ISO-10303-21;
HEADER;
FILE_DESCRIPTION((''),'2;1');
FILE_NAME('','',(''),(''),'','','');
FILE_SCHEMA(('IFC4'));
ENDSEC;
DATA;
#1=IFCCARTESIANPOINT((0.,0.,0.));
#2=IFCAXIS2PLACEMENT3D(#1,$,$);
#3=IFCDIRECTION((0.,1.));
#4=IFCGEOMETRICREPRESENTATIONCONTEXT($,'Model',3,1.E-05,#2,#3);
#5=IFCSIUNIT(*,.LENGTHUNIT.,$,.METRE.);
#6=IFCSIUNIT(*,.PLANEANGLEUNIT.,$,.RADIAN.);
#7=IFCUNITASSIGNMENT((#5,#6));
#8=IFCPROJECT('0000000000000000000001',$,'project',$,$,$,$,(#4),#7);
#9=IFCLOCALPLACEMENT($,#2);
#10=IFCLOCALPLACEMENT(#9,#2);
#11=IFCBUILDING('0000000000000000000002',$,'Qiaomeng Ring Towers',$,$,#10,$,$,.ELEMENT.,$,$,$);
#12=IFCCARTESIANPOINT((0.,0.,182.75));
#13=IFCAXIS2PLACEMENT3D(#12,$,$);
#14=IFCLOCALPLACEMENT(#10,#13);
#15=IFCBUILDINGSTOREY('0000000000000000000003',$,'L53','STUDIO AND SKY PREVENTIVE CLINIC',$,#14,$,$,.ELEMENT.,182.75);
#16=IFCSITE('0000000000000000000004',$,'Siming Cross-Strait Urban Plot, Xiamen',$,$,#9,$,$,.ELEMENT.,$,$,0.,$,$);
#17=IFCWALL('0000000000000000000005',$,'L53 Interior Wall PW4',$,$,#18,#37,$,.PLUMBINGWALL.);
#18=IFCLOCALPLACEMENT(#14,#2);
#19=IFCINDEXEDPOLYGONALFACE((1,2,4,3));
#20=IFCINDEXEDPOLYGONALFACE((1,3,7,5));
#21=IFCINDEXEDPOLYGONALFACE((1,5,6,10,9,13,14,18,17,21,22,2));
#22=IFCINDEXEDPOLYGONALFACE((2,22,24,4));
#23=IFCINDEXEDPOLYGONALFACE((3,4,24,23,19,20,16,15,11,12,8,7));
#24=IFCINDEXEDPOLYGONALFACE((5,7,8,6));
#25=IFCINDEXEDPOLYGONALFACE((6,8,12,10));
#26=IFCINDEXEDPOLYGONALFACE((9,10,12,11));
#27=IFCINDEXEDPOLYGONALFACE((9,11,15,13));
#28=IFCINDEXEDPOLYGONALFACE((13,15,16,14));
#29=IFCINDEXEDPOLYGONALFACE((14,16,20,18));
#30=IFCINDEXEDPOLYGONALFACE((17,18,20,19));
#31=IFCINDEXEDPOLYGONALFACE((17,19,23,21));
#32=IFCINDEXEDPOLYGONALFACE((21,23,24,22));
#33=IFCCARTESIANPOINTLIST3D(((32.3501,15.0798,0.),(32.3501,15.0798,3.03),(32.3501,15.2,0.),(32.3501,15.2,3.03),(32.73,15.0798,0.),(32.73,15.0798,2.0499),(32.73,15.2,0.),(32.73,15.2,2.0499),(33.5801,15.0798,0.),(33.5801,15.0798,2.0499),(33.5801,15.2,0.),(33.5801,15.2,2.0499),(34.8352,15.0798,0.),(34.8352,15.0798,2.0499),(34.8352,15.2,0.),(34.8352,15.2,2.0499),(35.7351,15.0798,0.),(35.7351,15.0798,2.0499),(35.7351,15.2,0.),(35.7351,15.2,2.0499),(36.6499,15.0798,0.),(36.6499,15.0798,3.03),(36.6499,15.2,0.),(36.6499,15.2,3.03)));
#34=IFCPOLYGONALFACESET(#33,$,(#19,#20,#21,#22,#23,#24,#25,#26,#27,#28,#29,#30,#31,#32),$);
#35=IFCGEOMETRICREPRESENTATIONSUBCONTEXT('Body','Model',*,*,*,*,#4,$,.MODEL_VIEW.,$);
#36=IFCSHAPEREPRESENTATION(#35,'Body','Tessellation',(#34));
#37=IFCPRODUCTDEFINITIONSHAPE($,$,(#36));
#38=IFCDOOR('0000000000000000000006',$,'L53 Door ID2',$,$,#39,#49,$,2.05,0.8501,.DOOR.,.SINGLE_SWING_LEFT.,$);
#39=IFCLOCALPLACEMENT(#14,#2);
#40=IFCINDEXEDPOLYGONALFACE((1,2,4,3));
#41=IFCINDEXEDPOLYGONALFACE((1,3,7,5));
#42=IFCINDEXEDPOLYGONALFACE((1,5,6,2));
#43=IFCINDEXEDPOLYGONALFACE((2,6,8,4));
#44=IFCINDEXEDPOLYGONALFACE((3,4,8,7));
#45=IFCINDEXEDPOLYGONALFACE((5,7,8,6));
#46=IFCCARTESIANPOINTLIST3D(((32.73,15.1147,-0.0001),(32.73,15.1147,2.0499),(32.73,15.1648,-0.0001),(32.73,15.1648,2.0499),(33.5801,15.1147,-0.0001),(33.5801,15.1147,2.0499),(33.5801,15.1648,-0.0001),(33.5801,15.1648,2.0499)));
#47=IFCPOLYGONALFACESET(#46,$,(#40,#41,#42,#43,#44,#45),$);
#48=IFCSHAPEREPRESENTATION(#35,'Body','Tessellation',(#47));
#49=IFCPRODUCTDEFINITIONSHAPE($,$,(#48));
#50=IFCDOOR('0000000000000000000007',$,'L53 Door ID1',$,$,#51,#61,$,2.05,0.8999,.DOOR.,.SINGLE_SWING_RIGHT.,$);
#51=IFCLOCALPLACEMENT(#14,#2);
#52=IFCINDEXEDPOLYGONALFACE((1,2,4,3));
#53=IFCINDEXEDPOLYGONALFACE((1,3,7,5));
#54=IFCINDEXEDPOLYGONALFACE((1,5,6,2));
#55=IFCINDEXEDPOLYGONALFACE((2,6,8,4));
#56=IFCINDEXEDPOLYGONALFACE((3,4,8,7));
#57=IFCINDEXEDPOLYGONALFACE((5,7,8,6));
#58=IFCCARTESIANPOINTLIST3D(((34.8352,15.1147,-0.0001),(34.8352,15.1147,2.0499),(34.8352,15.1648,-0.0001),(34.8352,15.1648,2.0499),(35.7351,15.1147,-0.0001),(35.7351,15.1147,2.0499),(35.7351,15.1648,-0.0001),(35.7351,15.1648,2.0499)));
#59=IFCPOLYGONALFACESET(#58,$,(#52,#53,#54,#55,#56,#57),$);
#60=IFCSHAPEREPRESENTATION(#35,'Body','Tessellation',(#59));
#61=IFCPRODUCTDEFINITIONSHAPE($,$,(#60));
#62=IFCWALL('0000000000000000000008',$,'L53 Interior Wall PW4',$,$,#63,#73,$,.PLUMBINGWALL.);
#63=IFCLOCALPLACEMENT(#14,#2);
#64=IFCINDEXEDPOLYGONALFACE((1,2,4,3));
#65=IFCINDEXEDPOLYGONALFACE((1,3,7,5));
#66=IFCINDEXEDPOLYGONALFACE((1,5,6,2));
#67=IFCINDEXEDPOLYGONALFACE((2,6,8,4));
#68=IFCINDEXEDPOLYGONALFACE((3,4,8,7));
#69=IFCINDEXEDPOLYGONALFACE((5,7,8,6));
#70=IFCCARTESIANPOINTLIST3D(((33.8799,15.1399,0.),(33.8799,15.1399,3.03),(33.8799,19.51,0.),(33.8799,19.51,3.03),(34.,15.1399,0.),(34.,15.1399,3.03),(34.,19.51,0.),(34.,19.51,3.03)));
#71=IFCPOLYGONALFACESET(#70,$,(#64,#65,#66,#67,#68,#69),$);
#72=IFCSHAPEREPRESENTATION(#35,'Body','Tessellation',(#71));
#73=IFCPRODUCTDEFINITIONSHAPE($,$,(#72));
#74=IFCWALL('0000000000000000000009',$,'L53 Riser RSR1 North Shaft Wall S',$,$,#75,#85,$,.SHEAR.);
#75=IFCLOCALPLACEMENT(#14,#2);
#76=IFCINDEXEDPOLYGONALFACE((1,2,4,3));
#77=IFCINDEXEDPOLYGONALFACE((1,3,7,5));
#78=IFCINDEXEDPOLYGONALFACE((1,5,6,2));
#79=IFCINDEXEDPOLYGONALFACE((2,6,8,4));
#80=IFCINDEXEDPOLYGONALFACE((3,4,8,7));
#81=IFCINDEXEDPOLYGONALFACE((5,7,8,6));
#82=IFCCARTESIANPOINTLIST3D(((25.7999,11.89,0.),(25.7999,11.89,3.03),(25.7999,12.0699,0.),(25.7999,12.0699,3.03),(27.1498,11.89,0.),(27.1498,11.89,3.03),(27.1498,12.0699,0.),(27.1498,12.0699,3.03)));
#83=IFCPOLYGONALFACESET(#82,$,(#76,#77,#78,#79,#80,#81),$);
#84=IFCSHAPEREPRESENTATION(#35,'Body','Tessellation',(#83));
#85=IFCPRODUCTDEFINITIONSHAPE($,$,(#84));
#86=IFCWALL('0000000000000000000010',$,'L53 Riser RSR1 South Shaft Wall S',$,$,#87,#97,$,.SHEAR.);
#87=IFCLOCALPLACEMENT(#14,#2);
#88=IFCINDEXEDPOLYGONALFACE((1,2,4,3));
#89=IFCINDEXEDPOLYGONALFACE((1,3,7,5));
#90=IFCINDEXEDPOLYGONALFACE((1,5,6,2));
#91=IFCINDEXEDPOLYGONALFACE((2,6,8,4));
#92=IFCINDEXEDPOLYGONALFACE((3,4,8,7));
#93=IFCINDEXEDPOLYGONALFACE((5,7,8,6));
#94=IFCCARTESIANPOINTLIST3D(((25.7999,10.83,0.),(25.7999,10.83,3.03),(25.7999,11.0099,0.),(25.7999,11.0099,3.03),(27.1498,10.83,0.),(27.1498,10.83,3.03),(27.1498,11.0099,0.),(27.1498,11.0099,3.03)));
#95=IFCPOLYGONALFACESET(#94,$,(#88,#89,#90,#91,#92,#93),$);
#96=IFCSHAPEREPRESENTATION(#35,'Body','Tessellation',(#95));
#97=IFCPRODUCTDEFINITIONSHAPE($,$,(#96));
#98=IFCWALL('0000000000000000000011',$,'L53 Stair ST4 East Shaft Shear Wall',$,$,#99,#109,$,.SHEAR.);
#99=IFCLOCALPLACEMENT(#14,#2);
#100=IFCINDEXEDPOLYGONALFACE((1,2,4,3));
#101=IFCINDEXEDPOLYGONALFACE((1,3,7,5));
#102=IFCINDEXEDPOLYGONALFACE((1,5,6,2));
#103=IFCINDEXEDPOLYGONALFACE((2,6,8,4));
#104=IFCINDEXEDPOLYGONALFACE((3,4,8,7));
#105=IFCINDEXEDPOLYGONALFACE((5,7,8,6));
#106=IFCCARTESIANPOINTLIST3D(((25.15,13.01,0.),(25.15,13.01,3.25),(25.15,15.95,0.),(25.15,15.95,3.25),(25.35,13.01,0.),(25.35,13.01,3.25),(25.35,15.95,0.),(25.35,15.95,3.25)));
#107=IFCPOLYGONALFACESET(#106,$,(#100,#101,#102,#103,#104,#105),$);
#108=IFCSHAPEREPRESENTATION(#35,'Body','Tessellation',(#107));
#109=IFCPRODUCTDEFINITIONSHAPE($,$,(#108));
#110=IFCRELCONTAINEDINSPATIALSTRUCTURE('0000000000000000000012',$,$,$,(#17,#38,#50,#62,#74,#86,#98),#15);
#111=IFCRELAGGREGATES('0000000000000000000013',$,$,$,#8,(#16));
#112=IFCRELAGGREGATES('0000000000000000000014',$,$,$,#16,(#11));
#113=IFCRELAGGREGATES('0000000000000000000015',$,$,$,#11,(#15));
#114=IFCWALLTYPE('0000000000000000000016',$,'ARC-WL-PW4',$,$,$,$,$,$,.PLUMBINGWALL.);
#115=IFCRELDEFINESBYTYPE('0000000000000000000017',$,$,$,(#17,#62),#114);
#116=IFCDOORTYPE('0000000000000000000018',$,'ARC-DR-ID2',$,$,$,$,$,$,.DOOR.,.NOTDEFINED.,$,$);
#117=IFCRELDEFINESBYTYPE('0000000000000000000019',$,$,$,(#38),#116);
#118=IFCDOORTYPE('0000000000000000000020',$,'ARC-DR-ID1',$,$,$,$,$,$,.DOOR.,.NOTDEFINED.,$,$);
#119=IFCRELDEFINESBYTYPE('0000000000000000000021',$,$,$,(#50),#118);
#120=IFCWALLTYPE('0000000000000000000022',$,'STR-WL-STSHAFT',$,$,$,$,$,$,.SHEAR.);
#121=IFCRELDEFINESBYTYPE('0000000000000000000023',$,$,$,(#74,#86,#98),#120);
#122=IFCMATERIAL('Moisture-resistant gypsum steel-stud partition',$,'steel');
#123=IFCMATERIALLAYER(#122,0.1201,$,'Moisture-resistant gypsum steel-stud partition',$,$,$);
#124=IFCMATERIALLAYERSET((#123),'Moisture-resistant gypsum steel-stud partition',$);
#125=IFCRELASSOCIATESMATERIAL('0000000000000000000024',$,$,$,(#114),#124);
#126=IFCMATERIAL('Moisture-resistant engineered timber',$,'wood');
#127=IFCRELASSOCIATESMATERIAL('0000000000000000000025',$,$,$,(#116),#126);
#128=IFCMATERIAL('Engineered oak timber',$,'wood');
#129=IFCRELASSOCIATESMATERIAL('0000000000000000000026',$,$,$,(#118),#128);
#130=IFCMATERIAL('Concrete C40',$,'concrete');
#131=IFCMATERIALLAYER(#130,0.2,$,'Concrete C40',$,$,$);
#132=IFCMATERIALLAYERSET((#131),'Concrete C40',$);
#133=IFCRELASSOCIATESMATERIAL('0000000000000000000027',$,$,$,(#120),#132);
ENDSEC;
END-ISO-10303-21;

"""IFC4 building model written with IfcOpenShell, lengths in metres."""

from ifc_helpers import new_model, si_unit, direction, frame, frame_2d, origin, place, context, subcontext, project, spatial, rectangle, extrude, source, transform, mapped, material, layer, layer_set, type_object, element, fill, save


model = new_model("IFC4")

# Units and contexts
model_context = context("Model", 3, precision=1e-05, world=origin(), true_north=direction((0.0, 1.0)))
body_context = subcontext(model_context, "Body", "Model", "MODEL_VIEW")
ifc_project = project(units=[si_unit("LENGTHUNIT", "METRE"), si_unit("PLANEANGLEUNIT", "RADIAN")], contexts=[model_context])

# Site, building, storey
site_placement = place(None, origin())
site = spatial("IfcSite", under=ifc_project, at=site_placement, Name="Siming Cross-Strait Urban Plot, Xiamen", CompositionType="ELEMENT", RefElevation=0.0)
building_placement = place(site_placement, origin())
building = spatial("IfcBuilding", under=site, at=building_placement, Name="Qiaomeng Ring Towers", CompositionType="ELEMENT")
storey_placement = place(building_placement, frame((0.0, 0.0, 182.75)))
storey = spatial("IfcBuildingStorey", under=building, at=storey_placement, Name="L53", Description="STUDIO AND SKY PREVENTIVE CLINIC", CompositionType="ELEMENT", Elevation=182.75)

# Wall, openings, doors
ifc_material_1 = material(Name="Moisture-resistant gypsum steel-stud partition", Category="steel")
ifc_layer_1 = layer(ifc_material_1, 0.1201, Name="Moisture-resistant gypsum steel-stud partition")
ifc_layer_set_1 = layer_set([ifc_layer_1], Name="Moisture-resistant gypsum steel-stud partition")
wall_type_1 = type_object("IfcWallType", Name="ARC-WL-PW4", PredefinedType="PLUMBINGWALL", material=ifc_layer_set_1)
wall_1_placement = place(storey_placement, frame((32.3501, 15.1399, 0.0), z_axis=(0.0, 0.0, 1.0), x_axis=(1.0, 0.0, 0.0)))
wall_1 = element("IfcWall", 1, at=wall_1_placement, inside=storey, type_object=wall_type_1, Name="L53 Interior Wall PW4", PredefinedType="PLUMBINGWALL", context=body_context, shape_type="SweptSolid", body=[
    extrude(rectangle(XDim=4.2998, YDim=0.1201, at=frame_2d((2.1499, 0.0))), origin(), (0.0, 0.0, 1.0), 3.03),
])
opening_1_placement = place(wall_1_placement, frame((0.3799, 0.0, 0.0)))
opening_1 = element("IfcOpeningElement", 2, at=opening_1_placement, cuts=wall_1, PredefinedType="OPENING", context=body_context, shape_type="SweptSolid", body=[
    extrude(rectangle(XDim=0.8501, YDim=2.05, at=frame_2d((0.425, 1.0249))), frame((0.0, 0.0701, 0.0), z_axis=(0.0, -1.0, 0.0), x_axis=(1.0, 0.0, 0.0)), (0.0, 0.0, 1.0), 0.1401),
])
opening_2_placement = place(wall_1_placement, frame((2.4851, 0.0, 0.0)))
opening_2 = element("IfcOpeningElement", 3, at=opening_2_placement, cuts=wall_1, PredefinedType="OPENING", context=body_context, shape_type="SweptSolid", body=[
    extrude(rectangle(XDim=0.8999, YDim=2.05, at=frame_2d((0.45, 1.0249))), frame((0.0, 0.0701, 0.0), z_axis=(0.0, -1.0, 0.0), x_axis=(1.0, 0.0, 0.0)), (0.0, 0.0, 1.0), 0.1401),
])
ifc_material_2 = material(Name="Moisture-resistant engineered timber", Category="wood")
door_type_1 = type_object("IfcDoorType", Name="ARC-DR-ID2", OperationType="NOTDEFINED", PredefinedType="DOOR", material=ifc_material_2)
shared_shape_1 = source(origin(), body_context, "Body", "SweptSolid", [
    extrude(rectangle(XDim=0.8501, YDim=2.05, at=frame_2d((0.425, 1.0249))), frame((0.0, 0.0249, 0.0), z_axis=(0.0, -1.0, 0.0), x_axis=(1.0, 0.0, 0.0)), (0.0, 0.0, 1.0), 0.05),
])
door_1_placement = place(opening_1_placement, origin())
door_1 = element("IfcDoor", 4, at=door_1_placement, inside=storey, type_object=door_type_1, Name="L53 Door ID2", OperationType="SINGLE_SWING_LEFT", OverallHeight=2.05, OverallWidth=0.8501, PredefinedType="DOOR", context=body_context, shape_type="MappedRepresentation", body=[
    mapped(shared_shape_1, transform((0.0, 0.0, 0.0), x_axis=(1.0, 0.0, 0.0), y_axis=(0.0, 1.0, 0.0), z_axis=(0.0, 0.0, 1.0), scale=1.0)),
])
fill(opening_1, door_1)
ifc_material_3 = material(Name="Engineered oak timber", Category="wood")
door_type_2 = type_object("IfcDoorType", Name="ARC-DR-ID1", OperationType="NOTDEFINED", PredefinedType="DOOR", material=ifc_material_3)
shared_shape_2 = source(origin(), body_context, "Body", "SweptSolid", [
    extrude(rectangle(XDim=0.8999, YDim=2.05, at=frame_2d((0.45, 1.0249))), frame((0.0, 0.0249, 0.0), z_axis=(0.0, -1.0, 0.0), x_axis=(1.0, 0.0, 0.0)), (0.0, 0.0, 1.0), 0.05),
])
door_2_placement = place(opening_2_placement, origin())
door_2 = element("IfcDoor", 5, at=door_2_placement, inside=storey, type_object=door_type_2, Name="L53 Door ID1", OperationType="SINGLE_SWING_RIGHT", OverallHeight=2.05, OverallWidth=0.8999, PredefinedType="DOOR", context=body_context, shape_type="MappedRepresentation", body=[
    mapped(shared_shape_2, transform((0.0, 0.0, 0.0), x_axis=(1.0, 0.0, 0.0), y_axis=(0.0, 1.0, 0.0), z_axis=(0.0, 0.0, 1.0), scale=1.0)),
])
fill(opening_2, door_2)

# Walls
wall_2_placement = place(storey_placement, frame((33.9399, 15.1399, 0.0), z_axis=(0.0, 0.0, 1.0), x_axis=(0.0, 1.0, 0.0)))
element("IfcWall", 6, at=wall_2_placement, inside=storey, type_object=wall_type_1, Name="L53 Interior Wall PW4", PredefinedType="PLUMBINGWALL", context=body_context, shape_type="SweptSolid", body=[
    extrude(rectangle(XDim=4.3701, YDim=0.1201, at=frame_2d((2.1851, 0.0))), origin(), (0.0, 0.0, 1.0), 3.03),
])
ifc_material_4 = material(Name="Concrete C40", Category="concrete")
ifc_layer_2 = layer(ifc_material_4, 0.2, Name="Concrete C40")
ifc_layer_set_2 = layer_set([ifc_layer_2], Name="Concrete C40")
wall_type_2 = type_object("IfcWallType", Name="STR-WL-STSHAFT", PredefinedType="SHEAR", material=ifc_layer_set_2)
for number, where, z_axis, x_axis, name in (
    (7, (25.8, 11.98, 0.0), (0.0, 0.0, 1.0), (1.0, 0.0, 0.0), "L53 Riser RSR1 North Shaft Wall S"),
    (8, (25.8, 10.9199, 0.0), (0.0, 0.0, 1.0), (1.0, 0.0, 0.0), "L53 Riser RSR1 South Shaft Wall S"),
):
    element("IfcWall", number, at=place(storey_placement, frame(where, z_axis=z_axis, x_axis=x_axis)), inside=storey, type_object=wall_type_2, Name=name, PredefinedType="SHEAR", context=body_context, shape_type="SweptSolid", body=[
        extrude(rectangle(XDim=1.3499, YDim=0.1799, at=frame_2d((0.6748, 0.0))), origin(), (0.0, 0.0, 1.0), 3.03),
    ])
wall_3_placement = place(storey_placement, frame((25.25, 13.01, 0.0), z_axis=(0.0, 0.0, 1.0), x_axis=(0.0, 1.0, 0.0)))
element("IfcWall", 9, at=wall_3_placement, inside=storey, type_object=wall_type_2, Name="L53 Stair ST4 East Shaft Shear Wall", PredefinedType="SHEAR", context=body_context, shape_type="SweptSolid", body=[
    extrude(rectangle(XDim=2.9399, YDim=0.2, at=frame_2d((1.47, 0.0))), origin(), (0.0, 0.0, 1.0), 3.25),
])

save(model, "model.ifc")
